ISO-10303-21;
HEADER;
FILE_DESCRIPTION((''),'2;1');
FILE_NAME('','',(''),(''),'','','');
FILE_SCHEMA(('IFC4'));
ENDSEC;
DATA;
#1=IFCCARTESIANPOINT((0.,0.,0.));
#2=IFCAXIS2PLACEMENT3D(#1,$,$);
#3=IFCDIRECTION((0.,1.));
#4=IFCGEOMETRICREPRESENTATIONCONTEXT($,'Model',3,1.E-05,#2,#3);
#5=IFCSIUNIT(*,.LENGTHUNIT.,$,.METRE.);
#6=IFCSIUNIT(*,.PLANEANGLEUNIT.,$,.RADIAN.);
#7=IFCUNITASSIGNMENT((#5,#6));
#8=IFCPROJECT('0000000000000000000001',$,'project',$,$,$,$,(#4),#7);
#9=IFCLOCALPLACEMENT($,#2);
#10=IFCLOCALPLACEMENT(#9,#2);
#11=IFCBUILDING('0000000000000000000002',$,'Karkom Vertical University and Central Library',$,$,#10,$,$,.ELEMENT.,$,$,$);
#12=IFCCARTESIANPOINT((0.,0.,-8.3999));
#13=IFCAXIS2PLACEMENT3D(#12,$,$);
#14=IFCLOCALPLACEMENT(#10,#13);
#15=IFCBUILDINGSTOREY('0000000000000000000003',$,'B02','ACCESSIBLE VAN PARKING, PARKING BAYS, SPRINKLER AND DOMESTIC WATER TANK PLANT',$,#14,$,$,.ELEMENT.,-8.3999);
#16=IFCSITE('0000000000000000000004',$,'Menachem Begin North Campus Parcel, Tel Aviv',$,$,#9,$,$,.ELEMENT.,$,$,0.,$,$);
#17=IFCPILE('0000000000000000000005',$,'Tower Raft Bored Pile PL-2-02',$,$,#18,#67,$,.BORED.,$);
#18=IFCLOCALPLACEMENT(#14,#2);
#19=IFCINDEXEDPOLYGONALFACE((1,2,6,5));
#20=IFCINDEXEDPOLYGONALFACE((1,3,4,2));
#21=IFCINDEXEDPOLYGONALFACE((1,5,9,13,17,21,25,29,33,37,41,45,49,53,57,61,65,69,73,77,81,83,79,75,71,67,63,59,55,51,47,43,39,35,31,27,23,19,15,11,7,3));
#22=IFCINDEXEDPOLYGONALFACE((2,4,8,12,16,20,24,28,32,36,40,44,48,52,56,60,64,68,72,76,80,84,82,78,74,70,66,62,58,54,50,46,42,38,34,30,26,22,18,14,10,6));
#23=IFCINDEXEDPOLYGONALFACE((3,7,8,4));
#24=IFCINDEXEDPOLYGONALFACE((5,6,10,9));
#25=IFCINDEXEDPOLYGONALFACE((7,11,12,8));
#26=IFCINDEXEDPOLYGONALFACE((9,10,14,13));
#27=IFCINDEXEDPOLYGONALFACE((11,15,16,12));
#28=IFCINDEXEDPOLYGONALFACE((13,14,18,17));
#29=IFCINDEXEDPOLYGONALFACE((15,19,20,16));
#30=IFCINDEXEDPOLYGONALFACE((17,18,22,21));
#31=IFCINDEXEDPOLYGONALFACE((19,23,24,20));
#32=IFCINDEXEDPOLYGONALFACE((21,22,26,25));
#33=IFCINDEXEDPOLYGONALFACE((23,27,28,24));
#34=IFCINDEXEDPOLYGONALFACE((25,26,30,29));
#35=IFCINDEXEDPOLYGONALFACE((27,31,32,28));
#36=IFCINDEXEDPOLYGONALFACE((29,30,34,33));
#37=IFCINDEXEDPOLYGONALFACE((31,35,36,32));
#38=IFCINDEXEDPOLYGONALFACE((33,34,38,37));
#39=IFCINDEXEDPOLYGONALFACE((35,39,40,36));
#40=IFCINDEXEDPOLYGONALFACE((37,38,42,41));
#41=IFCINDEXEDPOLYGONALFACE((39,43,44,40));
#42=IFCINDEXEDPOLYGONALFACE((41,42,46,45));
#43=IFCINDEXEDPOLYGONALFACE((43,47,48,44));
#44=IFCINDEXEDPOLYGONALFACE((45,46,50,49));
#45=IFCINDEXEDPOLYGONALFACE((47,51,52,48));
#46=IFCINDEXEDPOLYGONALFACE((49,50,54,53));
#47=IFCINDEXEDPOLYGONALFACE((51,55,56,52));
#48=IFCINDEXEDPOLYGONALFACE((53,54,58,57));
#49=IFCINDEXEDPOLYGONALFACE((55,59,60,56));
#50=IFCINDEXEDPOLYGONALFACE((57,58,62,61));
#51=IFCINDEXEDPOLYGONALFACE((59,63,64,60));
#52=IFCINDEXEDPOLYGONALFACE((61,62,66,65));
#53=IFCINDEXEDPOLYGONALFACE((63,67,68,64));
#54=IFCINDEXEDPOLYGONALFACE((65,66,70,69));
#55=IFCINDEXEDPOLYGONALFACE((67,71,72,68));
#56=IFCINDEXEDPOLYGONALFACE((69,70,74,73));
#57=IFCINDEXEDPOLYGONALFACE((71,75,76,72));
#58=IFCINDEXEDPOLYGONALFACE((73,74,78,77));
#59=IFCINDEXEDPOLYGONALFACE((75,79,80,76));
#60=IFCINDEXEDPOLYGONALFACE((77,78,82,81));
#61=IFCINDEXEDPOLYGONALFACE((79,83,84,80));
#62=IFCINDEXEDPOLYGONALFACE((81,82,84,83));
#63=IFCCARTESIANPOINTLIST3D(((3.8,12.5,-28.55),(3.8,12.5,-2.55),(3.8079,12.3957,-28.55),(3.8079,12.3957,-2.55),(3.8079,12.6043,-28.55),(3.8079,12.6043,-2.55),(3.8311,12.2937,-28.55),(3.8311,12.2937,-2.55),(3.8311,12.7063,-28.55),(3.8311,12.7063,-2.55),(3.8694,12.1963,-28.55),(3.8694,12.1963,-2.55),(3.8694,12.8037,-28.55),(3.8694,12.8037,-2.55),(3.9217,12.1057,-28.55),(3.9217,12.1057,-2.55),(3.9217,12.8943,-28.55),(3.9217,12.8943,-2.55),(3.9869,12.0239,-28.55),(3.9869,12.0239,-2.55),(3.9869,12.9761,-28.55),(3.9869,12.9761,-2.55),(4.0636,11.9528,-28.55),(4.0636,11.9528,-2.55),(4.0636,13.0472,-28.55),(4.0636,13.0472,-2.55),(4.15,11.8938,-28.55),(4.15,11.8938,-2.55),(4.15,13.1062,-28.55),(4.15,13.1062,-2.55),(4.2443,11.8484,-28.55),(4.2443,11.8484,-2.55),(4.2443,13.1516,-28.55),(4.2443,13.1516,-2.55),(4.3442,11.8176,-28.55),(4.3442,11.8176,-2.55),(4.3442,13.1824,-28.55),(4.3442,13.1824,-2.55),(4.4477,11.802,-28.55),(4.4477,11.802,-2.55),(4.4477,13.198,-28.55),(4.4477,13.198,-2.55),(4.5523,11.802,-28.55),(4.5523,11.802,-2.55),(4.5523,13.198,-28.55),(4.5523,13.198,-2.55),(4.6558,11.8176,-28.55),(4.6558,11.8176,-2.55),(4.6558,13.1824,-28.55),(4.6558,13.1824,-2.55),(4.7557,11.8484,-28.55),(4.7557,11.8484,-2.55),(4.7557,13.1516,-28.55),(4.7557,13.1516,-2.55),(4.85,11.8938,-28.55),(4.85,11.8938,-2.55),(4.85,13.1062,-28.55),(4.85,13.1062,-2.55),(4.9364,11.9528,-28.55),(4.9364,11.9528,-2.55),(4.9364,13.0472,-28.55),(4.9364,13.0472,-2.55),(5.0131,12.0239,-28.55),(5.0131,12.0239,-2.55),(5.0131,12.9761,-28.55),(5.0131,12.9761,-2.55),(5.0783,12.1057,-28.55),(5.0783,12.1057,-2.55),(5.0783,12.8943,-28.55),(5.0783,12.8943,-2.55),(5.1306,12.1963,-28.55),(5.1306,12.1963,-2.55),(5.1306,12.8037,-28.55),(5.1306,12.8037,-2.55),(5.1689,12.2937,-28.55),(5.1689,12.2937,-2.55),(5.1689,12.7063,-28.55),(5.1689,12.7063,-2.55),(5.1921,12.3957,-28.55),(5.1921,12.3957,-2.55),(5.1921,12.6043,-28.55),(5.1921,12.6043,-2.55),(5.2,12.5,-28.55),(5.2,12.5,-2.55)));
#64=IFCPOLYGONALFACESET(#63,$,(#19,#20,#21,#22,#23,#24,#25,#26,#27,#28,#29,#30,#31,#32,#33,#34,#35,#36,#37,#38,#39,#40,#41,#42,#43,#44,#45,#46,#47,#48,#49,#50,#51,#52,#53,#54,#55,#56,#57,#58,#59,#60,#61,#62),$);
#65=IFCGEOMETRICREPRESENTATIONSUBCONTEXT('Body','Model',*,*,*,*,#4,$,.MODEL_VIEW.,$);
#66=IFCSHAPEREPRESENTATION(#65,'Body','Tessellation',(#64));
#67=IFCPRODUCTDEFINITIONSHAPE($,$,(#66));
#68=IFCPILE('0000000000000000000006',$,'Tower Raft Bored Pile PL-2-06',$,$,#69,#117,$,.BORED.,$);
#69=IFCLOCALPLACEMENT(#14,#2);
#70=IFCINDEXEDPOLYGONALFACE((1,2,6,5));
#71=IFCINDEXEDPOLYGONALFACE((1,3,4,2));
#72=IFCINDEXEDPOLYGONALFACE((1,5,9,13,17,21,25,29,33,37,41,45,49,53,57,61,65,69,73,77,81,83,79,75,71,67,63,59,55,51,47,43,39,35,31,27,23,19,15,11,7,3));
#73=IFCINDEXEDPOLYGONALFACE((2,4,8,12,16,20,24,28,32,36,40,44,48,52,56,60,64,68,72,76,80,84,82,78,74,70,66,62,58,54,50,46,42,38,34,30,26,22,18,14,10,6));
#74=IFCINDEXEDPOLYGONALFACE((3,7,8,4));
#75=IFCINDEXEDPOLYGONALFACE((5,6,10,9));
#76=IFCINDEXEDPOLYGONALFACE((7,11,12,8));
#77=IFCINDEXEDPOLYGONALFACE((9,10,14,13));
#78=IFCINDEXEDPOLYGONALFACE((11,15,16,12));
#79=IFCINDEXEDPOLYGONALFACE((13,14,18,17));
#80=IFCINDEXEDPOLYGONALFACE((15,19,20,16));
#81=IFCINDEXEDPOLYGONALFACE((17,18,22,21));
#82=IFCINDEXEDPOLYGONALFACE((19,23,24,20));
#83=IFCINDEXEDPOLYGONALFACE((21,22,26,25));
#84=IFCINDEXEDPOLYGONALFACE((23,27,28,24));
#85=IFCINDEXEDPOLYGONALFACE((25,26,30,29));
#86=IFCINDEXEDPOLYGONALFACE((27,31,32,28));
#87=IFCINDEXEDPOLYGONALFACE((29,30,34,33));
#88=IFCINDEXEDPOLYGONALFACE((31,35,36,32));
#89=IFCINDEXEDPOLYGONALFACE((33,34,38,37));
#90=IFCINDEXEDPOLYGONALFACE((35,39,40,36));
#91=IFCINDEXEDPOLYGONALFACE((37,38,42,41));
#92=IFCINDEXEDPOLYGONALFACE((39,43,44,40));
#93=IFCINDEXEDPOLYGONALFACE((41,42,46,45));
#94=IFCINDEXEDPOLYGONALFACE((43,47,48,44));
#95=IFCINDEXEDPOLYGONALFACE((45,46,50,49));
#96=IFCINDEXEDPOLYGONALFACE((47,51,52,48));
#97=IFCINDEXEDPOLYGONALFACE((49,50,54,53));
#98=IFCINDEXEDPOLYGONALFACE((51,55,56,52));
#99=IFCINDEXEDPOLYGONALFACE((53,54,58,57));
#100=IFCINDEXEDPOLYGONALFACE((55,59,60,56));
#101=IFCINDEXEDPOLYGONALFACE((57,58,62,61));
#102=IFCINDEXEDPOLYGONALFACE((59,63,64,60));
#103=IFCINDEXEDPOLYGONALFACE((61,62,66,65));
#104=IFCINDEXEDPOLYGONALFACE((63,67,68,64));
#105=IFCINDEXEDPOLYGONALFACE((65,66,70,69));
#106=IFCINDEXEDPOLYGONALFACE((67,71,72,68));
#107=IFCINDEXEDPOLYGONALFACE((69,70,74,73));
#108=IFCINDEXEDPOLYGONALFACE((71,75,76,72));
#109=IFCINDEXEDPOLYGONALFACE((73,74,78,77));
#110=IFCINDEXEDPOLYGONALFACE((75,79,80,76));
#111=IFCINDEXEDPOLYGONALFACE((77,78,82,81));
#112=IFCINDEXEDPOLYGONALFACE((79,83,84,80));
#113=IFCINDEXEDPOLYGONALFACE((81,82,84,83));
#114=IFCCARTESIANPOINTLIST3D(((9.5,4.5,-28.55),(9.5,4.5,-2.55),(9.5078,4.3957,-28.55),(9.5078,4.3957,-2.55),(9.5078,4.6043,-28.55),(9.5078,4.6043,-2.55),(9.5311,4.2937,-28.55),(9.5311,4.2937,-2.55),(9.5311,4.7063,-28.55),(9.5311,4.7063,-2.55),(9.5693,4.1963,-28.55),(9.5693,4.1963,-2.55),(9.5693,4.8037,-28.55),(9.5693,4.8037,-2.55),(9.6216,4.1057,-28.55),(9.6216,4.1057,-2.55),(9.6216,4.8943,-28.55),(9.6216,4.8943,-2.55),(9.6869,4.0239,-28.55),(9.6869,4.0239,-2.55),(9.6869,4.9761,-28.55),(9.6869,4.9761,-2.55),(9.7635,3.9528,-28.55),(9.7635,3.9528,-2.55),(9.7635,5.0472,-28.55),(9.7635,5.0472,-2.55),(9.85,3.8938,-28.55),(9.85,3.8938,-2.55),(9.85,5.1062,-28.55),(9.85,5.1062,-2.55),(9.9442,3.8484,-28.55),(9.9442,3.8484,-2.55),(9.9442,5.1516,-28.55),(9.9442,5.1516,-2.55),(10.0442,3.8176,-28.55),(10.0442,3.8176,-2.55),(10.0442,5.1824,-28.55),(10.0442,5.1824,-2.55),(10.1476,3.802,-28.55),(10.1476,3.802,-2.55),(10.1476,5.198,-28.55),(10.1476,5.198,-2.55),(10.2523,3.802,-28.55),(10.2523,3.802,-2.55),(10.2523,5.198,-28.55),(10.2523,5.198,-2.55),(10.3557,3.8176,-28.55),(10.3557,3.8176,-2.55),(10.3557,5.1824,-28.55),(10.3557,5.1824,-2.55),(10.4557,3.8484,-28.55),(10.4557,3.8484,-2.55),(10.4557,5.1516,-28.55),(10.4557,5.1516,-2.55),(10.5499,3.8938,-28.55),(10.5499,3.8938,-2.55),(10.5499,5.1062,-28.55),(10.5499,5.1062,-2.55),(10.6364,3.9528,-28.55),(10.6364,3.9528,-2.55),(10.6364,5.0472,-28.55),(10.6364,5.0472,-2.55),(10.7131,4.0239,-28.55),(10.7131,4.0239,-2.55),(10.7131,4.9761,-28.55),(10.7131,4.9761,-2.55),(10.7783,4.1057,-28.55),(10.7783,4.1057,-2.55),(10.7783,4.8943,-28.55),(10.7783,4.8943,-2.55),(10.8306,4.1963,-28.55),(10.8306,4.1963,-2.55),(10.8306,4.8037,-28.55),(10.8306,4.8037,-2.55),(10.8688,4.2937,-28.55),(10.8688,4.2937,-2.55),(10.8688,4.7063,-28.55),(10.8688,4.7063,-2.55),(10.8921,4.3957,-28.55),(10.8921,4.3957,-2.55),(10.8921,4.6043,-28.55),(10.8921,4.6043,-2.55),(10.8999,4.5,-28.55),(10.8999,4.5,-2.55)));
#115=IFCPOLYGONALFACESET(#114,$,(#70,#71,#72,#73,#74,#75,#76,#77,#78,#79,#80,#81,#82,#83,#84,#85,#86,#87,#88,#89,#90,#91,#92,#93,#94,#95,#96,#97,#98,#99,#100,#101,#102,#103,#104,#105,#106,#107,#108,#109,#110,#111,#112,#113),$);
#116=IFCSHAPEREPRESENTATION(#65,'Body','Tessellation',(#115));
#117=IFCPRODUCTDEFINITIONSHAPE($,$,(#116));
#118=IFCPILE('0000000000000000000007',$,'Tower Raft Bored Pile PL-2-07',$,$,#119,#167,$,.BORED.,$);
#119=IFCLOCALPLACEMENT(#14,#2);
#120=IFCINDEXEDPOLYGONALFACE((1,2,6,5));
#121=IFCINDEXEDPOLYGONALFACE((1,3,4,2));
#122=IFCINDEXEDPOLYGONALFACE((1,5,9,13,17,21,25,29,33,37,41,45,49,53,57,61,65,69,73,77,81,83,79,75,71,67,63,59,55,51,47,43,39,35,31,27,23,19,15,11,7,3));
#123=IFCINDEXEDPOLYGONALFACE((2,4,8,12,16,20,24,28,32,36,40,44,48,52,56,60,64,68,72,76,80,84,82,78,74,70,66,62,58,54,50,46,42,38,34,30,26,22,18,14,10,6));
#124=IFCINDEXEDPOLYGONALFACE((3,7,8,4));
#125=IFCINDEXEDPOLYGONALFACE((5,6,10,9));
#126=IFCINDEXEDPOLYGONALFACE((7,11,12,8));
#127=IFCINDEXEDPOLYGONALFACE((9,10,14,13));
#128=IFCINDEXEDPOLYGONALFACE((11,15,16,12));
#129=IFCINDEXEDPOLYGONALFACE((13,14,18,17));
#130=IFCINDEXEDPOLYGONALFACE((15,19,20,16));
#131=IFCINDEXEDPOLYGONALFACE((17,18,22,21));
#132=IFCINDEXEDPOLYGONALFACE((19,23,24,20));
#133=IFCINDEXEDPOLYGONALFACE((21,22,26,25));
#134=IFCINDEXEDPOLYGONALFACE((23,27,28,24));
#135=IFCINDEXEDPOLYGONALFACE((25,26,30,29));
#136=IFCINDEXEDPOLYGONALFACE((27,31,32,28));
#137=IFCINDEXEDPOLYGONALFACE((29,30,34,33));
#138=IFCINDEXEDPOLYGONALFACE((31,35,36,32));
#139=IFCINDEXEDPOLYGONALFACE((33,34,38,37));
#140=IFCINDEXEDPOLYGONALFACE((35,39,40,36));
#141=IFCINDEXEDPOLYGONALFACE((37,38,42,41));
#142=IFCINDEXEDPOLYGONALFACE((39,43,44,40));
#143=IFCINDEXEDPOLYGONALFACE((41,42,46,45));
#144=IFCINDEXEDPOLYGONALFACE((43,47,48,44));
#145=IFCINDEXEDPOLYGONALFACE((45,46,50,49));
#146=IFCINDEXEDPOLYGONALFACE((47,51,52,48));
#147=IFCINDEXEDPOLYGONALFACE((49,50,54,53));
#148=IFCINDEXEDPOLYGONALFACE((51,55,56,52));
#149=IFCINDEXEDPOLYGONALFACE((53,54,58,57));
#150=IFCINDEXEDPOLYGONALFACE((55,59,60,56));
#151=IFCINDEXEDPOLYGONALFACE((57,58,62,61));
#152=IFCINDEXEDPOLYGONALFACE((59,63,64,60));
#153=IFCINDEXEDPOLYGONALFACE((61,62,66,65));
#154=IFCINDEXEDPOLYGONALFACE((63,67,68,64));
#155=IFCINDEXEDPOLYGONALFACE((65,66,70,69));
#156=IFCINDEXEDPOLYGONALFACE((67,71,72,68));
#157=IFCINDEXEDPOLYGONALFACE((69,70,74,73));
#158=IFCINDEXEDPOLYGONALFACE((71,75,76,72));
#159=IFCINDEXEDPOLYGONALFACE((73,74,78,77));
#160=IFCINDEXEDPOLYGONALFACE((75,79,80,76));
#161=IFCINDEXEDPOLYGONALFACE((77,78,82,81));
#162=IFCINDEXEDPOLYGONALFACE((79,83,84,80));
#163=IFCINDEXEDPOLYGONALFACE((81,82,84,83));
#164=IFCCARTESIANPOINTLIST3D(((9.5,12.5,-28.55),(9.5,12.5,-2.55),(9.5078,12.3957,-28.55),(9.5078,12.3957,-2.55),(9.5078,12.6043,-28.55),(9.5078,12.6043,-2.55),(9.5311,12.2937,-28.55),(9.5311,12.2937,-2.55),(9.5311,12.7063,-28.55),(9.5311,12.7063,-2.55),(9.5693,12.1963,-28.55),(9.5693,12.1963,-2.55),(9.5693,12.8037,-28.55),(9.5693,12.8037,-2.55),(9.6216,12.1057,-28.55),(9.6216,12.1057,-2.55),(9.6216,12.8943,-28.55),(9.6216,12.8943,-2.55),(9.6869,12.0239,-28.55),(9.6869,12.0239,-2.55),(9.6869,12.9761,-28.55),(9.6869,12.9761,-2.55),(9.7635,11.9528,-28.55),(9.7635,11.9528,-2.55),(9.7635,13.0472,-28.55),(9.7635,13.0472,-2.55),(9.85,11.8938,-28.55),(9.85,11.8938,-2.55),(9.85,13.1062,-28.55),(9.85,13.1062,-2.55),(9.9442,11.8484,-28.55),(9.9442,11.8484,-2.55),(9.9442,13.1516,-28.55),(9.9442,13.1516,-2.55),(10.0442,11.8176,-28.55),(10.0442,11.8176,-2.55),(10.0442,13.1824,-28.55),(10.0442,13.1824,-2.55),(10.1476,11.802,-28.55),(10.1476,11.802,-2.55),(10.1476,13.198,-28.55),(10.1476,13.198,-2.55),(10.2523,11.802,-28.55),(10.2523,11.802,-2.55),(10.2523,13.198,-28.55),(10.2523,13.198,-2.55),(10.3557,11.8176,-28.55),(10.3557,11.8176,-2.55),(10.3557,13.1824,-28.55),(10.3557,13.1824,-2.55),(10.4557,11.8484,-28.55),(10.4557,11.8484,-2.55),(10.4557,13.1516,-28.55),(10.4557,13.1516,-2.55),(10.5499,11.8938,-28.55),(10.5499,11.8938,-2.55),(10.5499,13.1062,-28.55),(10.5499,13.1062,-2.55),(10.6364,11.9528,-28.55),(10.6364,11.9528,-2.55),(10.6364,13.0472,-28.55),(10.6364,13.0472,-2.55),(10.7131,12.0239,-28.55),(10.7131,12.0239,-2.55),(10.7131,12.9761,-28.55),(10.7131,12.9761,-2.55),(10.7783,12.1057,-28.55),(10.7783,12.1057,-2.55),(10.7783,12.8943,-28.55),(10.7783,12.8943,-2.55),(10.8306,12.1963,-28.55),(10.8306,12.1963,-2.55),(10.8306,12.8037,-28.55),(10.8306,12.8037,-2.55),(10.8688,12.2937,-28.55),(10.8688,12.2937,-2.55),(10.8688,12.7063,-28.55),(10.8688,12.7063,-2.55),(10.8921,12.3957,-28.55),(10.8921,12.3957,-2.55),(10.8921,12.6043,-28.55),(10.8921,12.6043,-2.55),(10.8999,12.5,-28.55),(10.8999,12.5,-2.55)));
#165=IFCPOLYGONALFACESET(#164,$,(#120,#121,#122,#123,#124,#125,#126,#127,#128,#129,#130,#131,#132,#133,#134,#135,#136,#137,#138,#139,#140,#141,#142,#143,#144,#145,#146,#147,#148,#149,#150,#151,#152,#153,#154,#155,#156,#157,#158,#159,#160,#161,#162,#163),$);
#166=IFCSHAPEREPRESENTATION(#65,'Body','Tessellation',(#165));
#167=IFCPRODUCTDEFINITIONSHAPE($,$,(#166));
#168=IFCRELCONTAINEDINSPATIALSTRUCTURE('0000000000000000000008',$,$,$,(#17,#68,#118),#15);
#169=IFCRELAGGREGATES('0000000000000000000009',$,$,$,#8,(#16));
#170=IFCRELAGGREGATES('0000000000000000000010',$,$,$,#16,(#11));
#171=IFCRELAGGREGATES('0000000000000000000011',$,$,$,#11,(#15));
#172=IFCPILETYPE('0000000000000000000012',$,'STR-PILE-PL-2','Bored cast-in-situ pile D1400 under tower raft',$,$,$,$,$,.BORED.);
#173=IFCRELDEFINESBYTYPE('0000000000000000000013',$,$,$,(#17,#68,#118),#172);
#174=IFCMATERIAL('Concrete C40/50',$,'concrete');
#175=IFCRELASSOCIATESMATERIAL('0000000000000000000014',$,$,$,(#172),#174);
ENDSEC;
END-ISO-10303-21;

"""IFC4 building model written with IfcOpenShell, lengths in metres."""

from ifc_helpers import new_model, si_unit, direction, frame, origin, origin_with_axes, origin_2d, place, context, subcontext, project, spatial, circle, extrude, source, transform, mapped, material, material_profile, profile_set, type_object, element, save


model = new_model("IFC4")

# Units and contexts
model_context = context("Model", 3, precision=1e-05, world=origin(), true_north=direction((0.0, 1.0)))
body_context = subcontext(model_context, "Body", "Model", "MODEL_VIEW")
ifc_project = project(units=[si_unit("LENGTHUNIT", "METRE"), si_unit("PLANEANGLEUNIT", "RADIAN")], contexts=[model_context])

# Site, building, storey
site_placement = place(None, origin())
site = spatial("IfcSite", under=ifc_project, at=site_placement, Name="Menachem Begin North Campus Parcel, Tel Aviv", CompositionType="ELEMENT", RefElevation=0.0)
building_placement = place(site_placement, origin())
building = spatial("IfcBuilding", under=site, at=building_placement, Name="Karkom Vertical University and Central Library", CompositionType="ELEMENT")
storey_placement = place(building_placement, frame((0.0, 0.0, -8.3999)))
storey = spatial("IfcBuildingStorey", under=building, at=storey_placement, Name="B02", Description="ACCESSIBLE VAN PARKING, PARKING BAYS, SPRINKLER AND DOMESTIC WATER TANK PLANT", CompositionType="ELEMENT", Elevation=-8.3999)

# Piles
ifc_material_1 = material(Name="Concrete C40/50", Category="concrete")
ifc_material_profile_1 = material_profile(ifc_material_1, circle(Radius=0.7, at=origin_2d()), Name="PILE-D1400")
ifc_profile_set_1 = profile_set([ifc_material_profile_1], Name="Concrete C40/50")
pile_type = type_object("IfcPileType", Name="STR-PILE-PL-2", Description="Bored cast-in-situ pile D1400 under tower raft", PredefinedType="BORED", material=ifc_profile_set_1)
shared_shape_1 = source(origin_with_axes(), body_context, "Body", "SweptSolid", [
    extrude(circle(Radius=0.7, at=origin_2d()), origin(), (0.0, 0.0, 1.0), 26.0),
])
for number, where, z_axis, x_axis, name in (
    (1, (4.5, 12.5, -2.55), (0.0, 0.0, -1.0), (1.0, 0.0, 0.0), "Tower Raft Bored Pile PL-2-02"),
    (2, (10.2, 4.5, -2.55), (0.0, 0.0, -1.0), (1.0, 0.0, 0.0), "Tower Raft Bored Pile PL-2-06"),
    (3, (10.2, 12.5, -2.55), (0.0, 0.0, -1.0), (1.0, 0.0, 0.0), "Tower Raft Bored Pile PL-2-07"),
):
    element("IfcPile", number, at=place(storey_placement, frame(where, z_axis=z_axis, x_axis=x_axis)), inside=storey, type_object=pile_type, Name=name, PredefinedType="BORED", context=body_context, shape_type="MappedRepresentation", body=[
        mapped(shared_shape_1, transform((0.0, 0.0, 0.0), scale=1.0)),
    ])

save(model, "model.ifc")
